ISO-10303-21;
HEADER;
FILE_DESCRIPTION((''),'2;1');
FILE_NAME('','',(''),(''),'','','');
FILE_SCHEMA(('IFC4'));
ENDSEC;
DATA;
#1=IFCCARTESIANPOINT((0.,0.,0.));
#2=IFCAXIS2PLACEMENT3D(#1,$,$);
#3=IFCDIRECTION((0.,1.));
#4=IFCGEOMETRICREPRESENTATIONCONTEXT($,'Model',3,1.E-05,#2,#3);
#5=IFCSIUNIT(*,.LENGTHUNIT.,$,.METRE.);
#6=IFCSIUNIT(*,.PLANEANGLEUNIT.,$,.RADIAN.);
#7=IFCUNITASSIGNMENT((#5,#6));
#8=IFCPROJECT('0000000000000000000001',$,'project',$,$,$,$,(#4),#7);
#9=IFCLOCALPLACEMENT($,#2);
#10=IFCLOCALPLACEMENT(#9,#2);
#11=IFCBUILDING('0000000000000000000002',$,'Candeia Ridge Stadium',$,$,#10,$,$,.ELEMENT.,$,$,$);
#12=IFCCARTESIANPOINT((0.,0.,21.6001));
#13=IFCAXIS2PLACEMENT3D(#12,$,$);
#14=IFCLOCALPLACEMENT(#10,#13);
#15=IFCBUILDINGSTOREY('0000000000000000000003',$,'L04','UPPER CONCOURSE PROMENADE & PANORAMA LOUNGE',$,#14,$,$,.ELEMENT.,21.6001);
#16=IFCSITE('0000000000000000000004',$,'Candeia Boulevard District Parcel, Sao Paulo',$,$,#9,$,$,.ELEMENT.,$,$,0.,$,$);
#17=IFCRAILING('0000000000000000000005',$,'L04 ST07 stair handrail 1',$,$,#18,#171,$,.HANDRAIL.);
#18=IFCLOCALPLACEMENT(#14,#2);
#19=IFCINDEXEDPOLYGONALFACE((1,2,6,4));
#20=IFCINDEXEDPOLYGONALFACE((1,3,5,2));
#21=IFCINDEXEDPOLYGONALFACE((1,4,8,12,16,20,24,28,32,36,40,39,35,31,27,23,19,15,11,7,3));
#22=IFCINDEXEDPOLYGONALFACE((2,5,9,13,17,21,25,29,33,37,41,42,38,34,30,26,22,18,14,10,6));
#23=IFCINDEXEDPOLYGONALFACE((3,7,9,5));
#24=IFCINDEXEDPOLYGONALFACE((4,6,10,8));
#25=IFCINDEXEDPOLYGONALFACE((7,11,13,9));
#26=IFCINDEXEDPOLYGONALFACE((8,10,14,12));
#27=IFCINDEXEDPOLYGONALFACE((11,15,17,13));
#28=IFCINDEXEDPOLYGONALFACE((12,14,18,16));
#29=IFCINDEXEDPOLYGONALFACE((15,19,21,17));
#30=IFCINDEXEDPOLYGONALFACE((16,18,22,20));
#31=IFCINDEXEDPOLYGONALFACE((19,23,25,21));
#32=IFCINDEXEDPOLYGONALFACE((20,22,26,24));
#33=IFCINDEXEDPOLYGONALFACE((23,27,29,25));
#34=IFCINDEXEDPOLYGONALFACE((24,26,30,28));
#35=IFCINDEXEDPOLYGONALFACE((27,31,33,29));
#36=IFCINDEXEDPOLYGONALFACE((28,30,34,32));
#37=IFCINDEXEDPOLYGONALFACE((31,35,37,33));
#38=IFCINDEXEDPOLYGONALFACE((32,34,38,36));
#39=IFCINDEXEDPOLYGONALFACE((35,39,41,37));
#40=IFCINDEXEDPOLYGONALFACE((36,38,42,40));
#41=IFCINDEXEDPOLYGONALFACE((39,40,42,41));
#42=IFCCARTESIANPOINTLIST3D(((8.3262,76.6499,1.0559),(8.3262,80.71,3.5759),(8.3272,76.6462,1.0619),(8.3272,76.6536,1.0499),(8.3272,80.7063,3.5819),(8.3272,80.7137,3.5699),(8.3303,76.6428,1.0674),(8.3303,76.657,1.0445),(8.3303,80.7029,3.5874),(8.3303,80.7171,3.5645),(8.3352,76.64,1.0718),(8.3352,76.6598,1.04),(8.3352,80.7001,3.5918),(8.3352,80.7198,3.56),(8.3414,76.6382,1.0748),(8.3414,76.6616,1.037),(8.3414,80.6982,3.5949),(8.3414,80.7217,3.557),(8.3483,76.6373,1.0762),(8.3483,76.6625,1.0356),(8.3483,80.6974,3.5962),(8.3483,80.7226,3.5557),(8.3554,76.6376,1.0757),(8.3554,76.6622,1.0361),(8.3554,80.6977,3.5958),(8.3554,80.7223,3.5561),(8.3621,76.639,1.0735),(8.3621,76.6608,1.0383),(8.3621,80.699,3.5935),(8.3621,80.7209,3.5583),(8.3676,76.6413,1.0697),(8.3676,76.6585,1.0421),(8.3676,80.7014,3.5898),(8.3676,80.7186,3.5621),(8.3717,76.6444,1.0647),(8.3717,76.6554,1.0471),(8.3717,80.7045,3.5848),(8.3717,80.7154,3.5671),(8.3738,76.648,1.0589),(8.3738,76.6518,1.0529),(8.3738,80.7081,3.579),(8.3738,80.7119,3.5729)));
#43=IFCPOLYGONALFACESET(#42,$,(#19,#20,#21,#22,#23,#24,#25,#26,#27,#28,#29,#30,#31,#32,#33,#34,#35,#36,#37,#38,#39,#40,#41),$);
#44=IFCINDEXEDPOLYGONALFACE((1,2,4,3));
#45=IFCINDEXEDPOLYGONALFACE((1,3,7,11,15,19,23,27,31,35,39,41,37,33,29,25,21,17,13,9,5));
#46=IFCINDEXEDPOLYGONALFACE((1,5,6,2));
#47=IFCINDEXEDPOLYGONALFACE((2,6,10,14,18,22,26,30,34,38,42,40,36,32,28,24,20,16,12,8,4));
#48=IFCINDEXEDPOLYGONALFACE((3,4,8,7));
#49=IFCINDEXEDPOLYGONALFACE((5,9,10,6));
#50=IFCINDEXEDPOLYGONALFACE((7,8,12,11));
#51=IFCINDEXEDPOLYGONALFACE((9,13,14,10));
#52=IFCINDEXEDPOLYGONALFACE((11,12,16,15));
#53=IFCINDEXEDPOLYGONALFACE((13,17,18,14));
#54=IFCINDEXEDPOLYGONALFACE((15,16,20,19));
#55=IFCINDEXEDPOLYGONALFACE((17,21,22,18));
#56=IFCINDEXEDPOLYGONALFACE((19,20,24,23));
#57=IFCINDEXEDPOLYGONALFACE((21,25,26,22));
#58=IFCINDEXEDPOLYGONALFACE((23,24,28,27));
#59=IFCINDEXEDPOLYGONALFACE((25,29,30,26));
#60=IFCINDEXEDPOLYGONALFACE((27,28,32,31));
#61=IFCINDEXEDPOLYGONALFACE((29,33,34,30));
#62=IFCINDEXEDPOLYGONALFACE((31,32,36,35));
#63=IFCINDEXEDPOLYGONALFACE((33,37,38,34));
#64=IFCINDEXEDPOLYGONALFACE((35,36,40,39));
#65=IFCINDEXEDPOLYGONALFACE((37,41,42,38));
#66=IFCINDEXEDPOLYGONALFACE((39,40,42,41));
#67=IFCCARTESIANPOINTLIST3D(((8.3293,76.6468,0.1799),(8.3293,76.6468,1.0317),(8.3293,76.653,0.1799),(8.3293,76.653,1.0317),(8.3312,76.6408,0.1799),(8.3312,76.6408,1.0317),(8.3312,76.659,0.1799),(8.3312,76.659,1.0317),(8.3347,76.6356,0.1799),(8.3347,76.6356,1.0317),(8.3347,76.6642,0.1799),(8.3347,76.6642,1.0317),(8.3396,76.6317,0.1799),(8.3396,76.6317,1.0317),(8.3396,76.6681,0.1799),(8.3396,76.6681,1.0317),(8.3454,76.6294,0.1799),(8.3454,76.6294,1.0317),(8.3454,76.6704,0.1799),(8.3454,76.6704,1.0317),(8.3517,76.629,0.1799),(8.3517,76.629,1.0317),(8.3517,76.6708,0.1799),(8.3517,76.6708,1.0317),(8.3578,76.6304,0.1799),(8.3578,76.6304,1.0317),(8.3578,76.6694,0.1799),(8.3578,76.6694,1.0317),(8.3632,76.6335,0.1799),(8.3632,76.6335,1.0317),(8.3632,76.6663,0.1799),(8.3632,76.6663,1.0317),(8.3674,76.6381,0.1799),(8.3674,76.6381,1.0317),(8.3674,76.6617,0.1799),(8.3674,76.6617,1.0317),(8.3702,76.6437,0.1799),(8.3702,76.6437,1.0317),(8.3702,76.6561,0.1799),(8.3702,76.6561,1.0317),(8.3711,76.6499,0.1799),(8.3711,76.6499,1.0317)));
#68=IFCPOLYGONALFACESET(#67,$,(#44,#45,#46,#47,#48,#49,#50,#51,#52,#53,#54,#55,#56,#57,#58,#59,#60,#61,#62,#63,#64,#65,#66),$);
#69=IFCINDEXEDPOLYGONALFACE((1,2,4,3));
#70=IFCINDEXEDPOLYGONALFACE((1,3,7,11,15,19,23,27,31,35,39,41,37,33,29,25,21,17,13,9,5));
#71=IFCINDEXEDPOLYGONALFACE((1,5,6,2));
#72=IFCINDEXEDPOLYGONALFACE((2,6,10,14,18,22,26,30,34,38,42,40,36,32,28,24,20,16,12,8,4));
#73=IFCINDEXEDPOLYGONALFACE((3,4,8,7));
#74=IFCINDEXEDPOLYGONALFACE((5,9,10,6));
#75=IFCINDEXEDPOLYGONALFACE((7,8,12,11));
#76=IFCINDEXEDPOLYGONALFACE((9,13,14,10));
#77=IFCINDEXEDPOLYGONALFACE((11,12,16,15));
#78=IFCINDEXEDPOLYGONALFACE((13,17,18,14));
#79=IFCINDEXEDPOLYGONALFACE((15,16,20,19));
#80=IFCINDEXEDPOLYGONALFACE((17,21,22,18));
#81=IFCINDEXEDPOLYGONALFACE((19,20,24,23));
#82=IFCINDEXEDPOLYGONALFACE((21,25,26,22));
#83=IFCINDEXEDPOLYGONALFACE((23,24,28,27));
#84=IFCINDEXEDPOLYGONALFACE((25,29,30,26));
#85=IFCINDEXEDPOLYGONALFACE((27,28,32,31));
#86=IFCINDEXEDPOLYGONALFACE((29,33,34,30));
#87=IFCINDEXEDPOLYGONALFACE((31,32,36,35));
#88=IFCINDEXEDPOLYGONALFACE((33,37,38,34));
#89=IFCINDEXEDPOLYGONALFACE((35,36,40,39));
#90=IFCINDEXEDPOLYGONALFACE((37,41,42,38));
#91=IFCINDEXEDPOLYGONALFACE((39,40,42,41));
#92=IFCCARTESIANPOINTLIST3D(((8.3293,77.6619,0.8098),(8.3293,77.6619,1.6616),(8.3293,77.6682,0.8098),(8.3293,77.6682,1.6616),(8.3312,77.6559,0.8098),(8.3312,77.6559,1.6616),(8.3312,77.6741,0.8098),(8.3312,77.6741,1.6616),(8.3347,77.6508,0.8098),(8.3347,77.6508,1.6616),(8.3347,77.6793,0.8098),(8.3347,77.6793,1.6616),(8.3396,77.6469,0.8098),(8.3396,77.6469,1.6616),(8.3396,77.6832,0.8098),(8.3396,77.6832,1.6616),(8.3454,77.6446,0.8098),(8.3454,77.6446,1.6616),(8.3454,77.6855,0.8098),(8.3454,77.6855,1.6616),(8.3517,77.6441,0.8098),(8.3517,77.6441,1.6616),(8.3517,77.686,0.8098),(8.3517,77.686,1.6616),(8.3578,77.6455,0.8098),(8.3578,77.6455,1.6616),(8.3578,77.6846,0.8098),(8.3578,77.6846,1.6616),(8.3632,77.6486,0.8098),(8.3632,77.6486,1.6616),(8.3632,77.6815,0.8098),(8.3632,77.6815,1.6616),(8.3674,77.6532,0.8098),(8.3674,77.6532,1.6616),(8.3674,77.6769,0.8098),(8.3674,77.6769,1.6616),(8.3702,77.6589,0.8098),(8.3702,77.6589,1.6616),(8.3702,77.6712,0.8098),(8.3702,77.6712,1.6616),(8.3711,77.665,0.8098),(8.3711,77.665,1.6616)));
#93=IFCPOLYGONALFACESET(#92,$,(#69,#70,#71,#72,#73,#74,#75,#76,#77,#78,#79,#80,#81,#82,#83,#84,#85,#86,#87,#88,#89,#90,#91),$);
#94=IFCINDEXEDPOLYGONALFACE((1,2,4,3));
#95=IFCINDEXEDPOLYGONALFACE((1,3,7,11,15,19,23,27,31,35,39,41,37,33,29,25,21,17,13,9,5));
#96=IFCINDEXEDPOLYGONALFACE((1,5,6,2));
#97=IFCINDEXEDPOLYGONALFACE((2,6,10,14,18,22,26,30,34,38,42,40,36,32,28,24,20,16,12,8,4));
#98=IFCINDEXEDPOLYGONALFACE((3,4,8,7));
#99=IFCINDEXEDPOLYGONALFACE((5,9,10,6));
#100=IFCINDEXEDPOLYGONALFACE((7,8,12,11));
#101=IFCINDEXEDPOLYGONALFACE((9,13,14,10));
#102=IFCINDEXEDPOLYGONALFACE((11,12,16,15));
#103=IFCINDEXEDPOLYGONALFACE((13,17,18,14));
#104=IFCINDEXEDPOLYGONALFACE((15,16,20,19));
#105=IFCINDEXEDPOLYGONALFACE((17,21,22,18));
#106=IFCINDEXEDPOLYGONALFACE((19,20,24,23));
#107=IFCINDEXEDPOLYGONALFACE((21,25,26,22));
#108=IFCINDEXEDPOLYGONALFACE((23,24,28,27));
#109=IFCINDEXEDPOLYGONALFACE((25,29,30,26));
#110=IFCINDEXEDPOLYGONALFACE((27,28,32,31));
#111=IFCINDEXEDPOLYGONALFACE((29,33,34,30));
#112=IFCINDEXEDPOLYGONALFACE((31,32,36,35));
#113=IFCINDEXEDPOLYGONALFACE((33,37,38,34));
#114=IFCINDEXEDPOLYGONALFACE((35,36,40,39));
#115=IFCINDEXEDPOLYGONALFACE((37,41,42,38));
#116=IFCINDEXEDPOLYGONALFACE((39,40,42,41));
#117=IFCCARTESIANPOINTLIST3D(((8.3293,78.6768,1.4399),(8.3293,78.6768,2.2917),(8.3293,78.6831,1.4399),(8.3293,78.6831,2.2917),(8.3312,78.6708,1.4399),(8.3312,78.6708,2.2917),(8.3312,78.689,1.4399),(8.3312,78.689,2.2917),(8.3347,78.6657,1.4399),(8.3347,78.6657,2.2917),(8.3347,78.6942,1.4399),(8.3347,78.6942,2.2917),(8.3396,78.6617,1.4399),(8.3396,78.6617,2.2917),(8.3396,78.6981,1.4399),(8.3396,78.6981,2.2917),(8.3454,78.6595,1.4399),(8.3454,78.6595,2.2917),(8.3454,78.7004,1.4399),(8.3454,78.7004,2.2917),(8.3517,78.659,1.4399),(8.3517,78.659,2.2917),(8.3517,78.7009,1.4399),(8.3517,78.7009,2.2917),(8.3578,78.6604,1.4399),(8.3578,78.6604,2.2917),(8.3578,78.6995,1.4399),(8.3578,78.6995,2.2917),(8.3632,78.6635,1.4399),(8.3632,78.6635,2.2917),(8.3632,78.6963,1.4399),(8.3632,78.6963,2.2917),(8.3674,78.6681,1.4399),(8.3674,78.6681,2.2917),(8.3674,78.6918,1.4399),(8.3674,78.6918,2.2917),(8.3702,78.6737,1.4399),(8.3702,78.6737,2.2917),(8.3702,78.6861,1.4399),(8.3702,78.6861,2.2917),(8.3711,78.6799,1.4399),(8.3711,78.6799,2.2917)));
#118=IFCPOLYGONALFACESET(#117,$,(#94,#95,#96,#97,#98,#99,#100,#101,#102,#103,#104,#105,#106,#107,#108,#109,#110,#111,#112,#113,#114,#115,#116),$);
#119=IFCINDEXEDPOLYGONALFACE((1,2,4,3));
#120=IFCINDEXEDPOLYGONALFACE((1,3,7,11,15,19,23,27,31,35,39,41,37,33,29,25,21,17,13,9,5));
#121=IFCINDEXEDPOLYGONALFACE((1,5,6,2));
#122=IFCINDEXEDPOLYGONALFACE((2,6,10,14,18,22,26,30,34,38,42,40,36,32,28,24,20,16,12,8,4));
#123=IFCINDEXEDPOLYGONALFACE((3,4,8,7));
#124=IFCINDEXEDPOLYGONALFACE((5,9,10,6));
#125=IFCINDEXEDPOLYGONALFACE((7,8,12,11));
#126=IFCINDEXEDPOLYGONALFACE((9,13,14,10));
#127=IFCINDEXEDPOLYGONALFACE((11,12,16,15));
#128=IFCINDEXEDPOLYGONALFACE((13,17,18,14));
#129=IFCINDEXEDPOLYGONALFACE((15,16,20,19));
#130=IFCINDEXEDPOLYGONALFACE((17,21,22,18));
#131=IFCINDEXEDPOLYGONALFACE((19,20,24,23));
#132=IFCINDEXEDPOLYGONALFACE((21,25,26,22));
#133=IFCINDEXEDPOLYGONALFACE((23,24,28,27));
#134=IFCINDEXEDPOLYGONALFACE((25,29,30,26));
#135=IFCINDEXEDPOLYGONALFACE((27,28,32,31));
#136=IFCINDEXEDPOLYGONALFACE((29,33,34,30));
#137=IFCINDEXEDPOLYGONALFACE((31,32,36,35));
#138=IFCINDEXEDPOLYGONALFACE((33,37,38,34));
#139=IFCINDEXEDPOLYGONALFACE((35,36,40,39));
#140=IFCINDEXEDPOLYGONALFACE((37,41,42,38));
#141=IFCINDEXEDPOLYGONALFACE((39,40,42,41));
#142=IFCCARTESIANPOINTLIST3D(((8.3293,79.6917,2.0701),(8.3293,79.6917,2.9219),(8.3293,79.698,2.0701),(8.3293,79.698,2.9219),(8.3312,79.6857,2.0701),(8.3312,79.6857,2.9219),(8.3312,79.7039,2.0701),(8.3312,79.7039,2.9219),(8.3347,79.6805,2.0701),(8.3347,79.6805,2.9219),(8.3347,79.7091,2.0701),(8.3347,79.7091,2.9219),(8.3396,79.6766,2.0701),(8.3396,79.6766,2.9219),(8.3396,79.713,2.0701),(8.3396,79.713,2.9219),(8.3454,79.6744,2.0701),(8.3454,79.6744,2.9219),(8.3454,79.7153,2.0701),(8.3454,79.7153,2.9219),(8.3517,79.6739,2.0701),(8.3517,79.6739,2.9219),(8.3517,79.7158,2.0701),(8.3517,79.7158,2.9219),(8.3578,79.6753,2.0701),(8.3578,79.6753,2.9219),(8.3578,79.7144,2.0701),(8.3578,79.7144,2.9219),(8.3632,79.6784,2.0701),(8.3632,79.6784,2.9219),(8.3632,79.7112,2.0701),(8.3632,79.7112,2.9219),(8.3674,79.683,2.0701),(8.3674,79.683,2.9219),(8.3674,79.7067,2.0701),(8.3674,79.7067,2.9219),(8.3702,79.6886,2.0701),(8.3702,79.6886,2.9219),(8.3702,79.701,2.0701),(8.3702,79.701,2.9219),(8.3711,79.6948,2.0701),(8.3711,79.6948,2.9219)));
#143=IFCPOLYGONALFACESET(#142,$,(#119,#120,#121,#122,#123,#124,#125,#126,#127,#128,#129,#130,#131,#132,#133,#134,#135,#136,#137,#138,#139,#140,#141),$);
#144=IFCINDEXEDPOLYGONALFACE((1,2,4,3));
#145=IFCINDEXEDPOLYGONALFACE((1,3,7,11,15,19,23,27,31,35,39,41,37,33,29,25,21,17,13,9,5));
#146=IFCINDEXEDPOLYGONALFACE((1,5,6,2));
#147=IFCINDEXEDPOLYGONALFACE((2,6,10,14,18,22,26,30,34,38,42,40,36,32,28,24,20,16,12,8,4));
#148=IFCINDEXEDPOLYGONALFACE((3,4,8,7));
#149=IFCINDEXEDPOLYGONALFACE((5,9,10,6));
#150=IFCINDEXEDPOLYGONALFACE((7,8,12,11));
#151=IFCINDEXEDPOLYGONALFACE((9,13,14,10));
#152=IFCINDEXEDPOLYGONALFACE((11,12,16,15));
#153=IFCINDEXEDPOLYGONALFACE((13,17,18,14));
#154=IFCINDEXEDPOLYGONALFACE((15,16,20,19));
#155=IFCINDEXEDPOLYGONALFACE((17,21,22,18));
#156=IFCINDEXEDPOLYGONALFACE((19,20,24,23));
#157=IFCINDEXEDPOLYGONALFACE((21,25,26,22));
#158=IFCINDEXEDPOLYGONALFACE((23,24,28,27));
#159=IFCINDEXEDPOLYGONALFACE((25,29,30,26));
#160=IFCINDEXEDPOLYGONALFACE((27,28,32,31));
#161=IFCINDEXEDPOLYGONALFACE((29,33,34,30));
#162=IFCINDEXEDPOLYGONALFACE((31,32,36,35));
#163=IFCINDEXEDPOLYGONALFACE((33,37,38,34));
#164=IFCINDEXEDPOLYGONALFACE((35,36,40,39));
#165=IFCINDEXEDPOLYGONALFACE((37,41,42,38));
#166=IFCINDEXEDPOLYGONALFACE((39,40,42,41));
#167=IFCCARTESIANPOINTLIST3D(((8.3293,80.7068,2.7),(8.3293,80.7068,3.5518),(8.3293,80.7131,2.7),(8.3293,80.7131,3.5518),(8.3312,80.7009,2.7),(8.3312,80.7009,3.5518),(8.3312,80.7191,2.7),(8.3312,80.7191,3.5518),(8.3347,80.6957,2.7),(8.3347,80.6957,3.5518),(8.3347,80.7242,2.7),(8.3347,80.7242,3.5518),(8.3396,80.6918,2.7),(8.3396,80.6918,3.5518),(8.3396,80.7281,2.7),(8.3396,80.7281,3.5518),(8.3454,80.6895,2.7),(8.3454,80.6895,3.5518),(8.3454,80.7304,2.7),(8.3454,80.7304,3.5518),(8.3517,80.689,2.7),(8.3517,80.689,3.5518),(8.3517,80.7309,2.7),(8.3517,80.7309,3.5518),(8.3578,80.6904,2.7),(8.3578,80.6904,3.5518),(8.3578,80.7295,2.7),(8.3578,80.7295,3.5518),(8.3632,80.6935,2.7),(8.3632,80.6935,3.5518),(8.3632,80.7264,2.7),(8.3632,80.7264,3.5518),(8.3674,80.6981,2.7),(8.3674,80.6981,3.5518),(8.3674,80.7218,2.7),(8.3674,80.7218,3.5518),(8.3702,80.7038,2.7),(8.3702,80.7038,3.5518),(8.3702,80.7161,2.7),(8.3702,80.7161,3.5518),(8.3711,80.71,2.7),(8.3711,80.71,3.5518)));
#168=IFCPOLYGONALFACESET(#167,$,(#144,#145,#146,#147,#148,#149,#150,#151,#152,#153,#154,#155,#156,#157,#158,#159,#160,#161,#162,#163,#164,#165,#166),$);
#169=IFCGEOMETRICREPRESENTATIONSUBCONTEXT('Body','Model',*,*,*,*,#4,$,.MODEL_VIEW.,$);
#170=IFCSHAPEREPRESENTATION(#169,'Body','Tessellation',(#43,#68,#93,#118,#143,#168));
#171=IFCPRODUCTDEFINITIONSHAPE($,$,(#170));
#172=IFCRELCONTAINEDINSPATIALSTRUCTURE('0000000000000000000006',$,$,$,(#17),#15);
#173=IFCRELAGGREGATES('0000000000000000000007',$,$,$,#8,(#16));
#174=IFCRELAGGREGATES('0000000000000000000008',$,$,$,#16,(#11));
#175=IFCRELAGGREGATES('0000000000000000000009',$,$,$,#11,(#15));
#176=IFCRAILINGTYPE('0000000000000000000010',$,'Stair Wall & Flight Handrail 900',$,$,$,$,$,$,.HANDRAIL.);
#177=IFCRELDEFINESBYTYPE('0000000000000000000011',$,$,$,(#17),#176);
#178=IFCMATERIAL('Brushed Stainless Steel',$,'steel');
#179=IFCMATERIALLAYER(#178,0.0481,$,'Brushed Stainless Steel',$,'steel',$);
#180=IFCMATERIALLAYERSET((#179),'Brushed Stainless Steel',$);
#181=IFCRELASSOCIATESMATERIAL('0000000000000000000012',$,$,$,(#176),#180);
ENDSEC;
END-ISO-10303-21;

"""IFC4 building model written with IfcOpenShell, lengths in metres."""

from ifc_helpers import new_model, si_unit, direction, frame, origin, origin_2d, place, context, subcontext, project, spatial, circle, extrude, material, layer, layer_set, type_object, element, save


model = new_model("IFC4")

# Units and contexts
model_context = context("Model", 3, precision=1e-05, world=origin(), true_north=direction((0.0, 1.0)))
body_context = subcontext(model_context, "Body", "Model", "MODEL_VIEW")
ifc_project = project(units=[si_unit("LENGTHUNIT", "METRE"), si_unit("PLANEANGLEUNIT", "RADIAN")], contexts=[model_context])

# Site, building, storey
site_placement = place(None, origin())
site = spatial("IfcSite", under=ifc_project, at=site_placement, Name="Candeia Boulevard District Parcel, Sao Paulo", CompositionType="ELEMENT", RefElevation=0.0)
building_placement = place(site_placement, origin())
building = spatial("IfcBuilding", under=site, at=building_placement, Name="Candeia Ridge Stadium", CompositionType="ELEMENT")
storey_placement = place(building_placement, frame((0.0, 0.0, 21.6001)))
storey = spatial("IfcBuildingStorey", under=building, at=storey_placement, Name="L04", Description="UPPER CONCOURSE PROMENADE & PANORAMA LOUNGE", CompositionType="ELEMENT", Elevation=21.6001)

# Shared definitions
ifc_material_1 = material(Name="Brushed Stainless Steel", Category="steel")

# Railing
ifc_layer_1 = layer(ifc_material_1, 0.0481, Name="Brushed Stainless Steel", Category="steel")
ifc_layer_set_1 = layer_set([ifc_layer_1], Name="Brushed Stainless Steel")
railing_type_1 = type_object("IfcRailingType", Name="Stair Wall & Flight Handrail 900", PredefinedType="HANDRAIL", material=ifc_layer_set_1)
railing_1_placement = place(storey_placement, frame((8.3501, 76.6499, 0.1799)))
element("IfcRailing", 1, at=railing_1_placement, inside=storey, type_object=railing_type_1, Name="L04 ST07 stair handrail 1", PredefinedType="HANDRAIL", context=body_context, shape_type="SweptSolid", body=[
    extrude(circle(Radius=0.0239, at=origin_2d()), frame((0.0, 0.0, 0.876), z_axis=(0.0, 0.849642, 0.52736), x_axis=(-1.0, 0.0, 0.0)), (0.0, 0.0, 1.0), 4.7786),
    extrude(circle(Radius=0.021, at=origin_2d()), origin(), (0.0, 0.0, 1.0), 0.8518),
    extrude(circle(Radius=0.021, at=origin_2d()), frame((0.0, 1.0151, 0.6299)), (0.0, 0.0, 1.0), 0.8518),
    extrude(circle(Radius=0.021, at=origin_2d()), frame((0.0, 2.03, 1.26)), (0.0, 0.0, 1.0), 0.8518),
    extrude(circle(Radius=0.021, at=origin_2d()), frame((0.0, 3.0449, 1.8901)), (0.0, 0.0, 1.0), 0.8518),
    extrude(circle(Radius=0.021, at=origin_2d()), frame((0.0, 4.0601, 2.52)), (0.0, 0.0, 1.0), 0.8518),
])

save(model, "model.ifc")
